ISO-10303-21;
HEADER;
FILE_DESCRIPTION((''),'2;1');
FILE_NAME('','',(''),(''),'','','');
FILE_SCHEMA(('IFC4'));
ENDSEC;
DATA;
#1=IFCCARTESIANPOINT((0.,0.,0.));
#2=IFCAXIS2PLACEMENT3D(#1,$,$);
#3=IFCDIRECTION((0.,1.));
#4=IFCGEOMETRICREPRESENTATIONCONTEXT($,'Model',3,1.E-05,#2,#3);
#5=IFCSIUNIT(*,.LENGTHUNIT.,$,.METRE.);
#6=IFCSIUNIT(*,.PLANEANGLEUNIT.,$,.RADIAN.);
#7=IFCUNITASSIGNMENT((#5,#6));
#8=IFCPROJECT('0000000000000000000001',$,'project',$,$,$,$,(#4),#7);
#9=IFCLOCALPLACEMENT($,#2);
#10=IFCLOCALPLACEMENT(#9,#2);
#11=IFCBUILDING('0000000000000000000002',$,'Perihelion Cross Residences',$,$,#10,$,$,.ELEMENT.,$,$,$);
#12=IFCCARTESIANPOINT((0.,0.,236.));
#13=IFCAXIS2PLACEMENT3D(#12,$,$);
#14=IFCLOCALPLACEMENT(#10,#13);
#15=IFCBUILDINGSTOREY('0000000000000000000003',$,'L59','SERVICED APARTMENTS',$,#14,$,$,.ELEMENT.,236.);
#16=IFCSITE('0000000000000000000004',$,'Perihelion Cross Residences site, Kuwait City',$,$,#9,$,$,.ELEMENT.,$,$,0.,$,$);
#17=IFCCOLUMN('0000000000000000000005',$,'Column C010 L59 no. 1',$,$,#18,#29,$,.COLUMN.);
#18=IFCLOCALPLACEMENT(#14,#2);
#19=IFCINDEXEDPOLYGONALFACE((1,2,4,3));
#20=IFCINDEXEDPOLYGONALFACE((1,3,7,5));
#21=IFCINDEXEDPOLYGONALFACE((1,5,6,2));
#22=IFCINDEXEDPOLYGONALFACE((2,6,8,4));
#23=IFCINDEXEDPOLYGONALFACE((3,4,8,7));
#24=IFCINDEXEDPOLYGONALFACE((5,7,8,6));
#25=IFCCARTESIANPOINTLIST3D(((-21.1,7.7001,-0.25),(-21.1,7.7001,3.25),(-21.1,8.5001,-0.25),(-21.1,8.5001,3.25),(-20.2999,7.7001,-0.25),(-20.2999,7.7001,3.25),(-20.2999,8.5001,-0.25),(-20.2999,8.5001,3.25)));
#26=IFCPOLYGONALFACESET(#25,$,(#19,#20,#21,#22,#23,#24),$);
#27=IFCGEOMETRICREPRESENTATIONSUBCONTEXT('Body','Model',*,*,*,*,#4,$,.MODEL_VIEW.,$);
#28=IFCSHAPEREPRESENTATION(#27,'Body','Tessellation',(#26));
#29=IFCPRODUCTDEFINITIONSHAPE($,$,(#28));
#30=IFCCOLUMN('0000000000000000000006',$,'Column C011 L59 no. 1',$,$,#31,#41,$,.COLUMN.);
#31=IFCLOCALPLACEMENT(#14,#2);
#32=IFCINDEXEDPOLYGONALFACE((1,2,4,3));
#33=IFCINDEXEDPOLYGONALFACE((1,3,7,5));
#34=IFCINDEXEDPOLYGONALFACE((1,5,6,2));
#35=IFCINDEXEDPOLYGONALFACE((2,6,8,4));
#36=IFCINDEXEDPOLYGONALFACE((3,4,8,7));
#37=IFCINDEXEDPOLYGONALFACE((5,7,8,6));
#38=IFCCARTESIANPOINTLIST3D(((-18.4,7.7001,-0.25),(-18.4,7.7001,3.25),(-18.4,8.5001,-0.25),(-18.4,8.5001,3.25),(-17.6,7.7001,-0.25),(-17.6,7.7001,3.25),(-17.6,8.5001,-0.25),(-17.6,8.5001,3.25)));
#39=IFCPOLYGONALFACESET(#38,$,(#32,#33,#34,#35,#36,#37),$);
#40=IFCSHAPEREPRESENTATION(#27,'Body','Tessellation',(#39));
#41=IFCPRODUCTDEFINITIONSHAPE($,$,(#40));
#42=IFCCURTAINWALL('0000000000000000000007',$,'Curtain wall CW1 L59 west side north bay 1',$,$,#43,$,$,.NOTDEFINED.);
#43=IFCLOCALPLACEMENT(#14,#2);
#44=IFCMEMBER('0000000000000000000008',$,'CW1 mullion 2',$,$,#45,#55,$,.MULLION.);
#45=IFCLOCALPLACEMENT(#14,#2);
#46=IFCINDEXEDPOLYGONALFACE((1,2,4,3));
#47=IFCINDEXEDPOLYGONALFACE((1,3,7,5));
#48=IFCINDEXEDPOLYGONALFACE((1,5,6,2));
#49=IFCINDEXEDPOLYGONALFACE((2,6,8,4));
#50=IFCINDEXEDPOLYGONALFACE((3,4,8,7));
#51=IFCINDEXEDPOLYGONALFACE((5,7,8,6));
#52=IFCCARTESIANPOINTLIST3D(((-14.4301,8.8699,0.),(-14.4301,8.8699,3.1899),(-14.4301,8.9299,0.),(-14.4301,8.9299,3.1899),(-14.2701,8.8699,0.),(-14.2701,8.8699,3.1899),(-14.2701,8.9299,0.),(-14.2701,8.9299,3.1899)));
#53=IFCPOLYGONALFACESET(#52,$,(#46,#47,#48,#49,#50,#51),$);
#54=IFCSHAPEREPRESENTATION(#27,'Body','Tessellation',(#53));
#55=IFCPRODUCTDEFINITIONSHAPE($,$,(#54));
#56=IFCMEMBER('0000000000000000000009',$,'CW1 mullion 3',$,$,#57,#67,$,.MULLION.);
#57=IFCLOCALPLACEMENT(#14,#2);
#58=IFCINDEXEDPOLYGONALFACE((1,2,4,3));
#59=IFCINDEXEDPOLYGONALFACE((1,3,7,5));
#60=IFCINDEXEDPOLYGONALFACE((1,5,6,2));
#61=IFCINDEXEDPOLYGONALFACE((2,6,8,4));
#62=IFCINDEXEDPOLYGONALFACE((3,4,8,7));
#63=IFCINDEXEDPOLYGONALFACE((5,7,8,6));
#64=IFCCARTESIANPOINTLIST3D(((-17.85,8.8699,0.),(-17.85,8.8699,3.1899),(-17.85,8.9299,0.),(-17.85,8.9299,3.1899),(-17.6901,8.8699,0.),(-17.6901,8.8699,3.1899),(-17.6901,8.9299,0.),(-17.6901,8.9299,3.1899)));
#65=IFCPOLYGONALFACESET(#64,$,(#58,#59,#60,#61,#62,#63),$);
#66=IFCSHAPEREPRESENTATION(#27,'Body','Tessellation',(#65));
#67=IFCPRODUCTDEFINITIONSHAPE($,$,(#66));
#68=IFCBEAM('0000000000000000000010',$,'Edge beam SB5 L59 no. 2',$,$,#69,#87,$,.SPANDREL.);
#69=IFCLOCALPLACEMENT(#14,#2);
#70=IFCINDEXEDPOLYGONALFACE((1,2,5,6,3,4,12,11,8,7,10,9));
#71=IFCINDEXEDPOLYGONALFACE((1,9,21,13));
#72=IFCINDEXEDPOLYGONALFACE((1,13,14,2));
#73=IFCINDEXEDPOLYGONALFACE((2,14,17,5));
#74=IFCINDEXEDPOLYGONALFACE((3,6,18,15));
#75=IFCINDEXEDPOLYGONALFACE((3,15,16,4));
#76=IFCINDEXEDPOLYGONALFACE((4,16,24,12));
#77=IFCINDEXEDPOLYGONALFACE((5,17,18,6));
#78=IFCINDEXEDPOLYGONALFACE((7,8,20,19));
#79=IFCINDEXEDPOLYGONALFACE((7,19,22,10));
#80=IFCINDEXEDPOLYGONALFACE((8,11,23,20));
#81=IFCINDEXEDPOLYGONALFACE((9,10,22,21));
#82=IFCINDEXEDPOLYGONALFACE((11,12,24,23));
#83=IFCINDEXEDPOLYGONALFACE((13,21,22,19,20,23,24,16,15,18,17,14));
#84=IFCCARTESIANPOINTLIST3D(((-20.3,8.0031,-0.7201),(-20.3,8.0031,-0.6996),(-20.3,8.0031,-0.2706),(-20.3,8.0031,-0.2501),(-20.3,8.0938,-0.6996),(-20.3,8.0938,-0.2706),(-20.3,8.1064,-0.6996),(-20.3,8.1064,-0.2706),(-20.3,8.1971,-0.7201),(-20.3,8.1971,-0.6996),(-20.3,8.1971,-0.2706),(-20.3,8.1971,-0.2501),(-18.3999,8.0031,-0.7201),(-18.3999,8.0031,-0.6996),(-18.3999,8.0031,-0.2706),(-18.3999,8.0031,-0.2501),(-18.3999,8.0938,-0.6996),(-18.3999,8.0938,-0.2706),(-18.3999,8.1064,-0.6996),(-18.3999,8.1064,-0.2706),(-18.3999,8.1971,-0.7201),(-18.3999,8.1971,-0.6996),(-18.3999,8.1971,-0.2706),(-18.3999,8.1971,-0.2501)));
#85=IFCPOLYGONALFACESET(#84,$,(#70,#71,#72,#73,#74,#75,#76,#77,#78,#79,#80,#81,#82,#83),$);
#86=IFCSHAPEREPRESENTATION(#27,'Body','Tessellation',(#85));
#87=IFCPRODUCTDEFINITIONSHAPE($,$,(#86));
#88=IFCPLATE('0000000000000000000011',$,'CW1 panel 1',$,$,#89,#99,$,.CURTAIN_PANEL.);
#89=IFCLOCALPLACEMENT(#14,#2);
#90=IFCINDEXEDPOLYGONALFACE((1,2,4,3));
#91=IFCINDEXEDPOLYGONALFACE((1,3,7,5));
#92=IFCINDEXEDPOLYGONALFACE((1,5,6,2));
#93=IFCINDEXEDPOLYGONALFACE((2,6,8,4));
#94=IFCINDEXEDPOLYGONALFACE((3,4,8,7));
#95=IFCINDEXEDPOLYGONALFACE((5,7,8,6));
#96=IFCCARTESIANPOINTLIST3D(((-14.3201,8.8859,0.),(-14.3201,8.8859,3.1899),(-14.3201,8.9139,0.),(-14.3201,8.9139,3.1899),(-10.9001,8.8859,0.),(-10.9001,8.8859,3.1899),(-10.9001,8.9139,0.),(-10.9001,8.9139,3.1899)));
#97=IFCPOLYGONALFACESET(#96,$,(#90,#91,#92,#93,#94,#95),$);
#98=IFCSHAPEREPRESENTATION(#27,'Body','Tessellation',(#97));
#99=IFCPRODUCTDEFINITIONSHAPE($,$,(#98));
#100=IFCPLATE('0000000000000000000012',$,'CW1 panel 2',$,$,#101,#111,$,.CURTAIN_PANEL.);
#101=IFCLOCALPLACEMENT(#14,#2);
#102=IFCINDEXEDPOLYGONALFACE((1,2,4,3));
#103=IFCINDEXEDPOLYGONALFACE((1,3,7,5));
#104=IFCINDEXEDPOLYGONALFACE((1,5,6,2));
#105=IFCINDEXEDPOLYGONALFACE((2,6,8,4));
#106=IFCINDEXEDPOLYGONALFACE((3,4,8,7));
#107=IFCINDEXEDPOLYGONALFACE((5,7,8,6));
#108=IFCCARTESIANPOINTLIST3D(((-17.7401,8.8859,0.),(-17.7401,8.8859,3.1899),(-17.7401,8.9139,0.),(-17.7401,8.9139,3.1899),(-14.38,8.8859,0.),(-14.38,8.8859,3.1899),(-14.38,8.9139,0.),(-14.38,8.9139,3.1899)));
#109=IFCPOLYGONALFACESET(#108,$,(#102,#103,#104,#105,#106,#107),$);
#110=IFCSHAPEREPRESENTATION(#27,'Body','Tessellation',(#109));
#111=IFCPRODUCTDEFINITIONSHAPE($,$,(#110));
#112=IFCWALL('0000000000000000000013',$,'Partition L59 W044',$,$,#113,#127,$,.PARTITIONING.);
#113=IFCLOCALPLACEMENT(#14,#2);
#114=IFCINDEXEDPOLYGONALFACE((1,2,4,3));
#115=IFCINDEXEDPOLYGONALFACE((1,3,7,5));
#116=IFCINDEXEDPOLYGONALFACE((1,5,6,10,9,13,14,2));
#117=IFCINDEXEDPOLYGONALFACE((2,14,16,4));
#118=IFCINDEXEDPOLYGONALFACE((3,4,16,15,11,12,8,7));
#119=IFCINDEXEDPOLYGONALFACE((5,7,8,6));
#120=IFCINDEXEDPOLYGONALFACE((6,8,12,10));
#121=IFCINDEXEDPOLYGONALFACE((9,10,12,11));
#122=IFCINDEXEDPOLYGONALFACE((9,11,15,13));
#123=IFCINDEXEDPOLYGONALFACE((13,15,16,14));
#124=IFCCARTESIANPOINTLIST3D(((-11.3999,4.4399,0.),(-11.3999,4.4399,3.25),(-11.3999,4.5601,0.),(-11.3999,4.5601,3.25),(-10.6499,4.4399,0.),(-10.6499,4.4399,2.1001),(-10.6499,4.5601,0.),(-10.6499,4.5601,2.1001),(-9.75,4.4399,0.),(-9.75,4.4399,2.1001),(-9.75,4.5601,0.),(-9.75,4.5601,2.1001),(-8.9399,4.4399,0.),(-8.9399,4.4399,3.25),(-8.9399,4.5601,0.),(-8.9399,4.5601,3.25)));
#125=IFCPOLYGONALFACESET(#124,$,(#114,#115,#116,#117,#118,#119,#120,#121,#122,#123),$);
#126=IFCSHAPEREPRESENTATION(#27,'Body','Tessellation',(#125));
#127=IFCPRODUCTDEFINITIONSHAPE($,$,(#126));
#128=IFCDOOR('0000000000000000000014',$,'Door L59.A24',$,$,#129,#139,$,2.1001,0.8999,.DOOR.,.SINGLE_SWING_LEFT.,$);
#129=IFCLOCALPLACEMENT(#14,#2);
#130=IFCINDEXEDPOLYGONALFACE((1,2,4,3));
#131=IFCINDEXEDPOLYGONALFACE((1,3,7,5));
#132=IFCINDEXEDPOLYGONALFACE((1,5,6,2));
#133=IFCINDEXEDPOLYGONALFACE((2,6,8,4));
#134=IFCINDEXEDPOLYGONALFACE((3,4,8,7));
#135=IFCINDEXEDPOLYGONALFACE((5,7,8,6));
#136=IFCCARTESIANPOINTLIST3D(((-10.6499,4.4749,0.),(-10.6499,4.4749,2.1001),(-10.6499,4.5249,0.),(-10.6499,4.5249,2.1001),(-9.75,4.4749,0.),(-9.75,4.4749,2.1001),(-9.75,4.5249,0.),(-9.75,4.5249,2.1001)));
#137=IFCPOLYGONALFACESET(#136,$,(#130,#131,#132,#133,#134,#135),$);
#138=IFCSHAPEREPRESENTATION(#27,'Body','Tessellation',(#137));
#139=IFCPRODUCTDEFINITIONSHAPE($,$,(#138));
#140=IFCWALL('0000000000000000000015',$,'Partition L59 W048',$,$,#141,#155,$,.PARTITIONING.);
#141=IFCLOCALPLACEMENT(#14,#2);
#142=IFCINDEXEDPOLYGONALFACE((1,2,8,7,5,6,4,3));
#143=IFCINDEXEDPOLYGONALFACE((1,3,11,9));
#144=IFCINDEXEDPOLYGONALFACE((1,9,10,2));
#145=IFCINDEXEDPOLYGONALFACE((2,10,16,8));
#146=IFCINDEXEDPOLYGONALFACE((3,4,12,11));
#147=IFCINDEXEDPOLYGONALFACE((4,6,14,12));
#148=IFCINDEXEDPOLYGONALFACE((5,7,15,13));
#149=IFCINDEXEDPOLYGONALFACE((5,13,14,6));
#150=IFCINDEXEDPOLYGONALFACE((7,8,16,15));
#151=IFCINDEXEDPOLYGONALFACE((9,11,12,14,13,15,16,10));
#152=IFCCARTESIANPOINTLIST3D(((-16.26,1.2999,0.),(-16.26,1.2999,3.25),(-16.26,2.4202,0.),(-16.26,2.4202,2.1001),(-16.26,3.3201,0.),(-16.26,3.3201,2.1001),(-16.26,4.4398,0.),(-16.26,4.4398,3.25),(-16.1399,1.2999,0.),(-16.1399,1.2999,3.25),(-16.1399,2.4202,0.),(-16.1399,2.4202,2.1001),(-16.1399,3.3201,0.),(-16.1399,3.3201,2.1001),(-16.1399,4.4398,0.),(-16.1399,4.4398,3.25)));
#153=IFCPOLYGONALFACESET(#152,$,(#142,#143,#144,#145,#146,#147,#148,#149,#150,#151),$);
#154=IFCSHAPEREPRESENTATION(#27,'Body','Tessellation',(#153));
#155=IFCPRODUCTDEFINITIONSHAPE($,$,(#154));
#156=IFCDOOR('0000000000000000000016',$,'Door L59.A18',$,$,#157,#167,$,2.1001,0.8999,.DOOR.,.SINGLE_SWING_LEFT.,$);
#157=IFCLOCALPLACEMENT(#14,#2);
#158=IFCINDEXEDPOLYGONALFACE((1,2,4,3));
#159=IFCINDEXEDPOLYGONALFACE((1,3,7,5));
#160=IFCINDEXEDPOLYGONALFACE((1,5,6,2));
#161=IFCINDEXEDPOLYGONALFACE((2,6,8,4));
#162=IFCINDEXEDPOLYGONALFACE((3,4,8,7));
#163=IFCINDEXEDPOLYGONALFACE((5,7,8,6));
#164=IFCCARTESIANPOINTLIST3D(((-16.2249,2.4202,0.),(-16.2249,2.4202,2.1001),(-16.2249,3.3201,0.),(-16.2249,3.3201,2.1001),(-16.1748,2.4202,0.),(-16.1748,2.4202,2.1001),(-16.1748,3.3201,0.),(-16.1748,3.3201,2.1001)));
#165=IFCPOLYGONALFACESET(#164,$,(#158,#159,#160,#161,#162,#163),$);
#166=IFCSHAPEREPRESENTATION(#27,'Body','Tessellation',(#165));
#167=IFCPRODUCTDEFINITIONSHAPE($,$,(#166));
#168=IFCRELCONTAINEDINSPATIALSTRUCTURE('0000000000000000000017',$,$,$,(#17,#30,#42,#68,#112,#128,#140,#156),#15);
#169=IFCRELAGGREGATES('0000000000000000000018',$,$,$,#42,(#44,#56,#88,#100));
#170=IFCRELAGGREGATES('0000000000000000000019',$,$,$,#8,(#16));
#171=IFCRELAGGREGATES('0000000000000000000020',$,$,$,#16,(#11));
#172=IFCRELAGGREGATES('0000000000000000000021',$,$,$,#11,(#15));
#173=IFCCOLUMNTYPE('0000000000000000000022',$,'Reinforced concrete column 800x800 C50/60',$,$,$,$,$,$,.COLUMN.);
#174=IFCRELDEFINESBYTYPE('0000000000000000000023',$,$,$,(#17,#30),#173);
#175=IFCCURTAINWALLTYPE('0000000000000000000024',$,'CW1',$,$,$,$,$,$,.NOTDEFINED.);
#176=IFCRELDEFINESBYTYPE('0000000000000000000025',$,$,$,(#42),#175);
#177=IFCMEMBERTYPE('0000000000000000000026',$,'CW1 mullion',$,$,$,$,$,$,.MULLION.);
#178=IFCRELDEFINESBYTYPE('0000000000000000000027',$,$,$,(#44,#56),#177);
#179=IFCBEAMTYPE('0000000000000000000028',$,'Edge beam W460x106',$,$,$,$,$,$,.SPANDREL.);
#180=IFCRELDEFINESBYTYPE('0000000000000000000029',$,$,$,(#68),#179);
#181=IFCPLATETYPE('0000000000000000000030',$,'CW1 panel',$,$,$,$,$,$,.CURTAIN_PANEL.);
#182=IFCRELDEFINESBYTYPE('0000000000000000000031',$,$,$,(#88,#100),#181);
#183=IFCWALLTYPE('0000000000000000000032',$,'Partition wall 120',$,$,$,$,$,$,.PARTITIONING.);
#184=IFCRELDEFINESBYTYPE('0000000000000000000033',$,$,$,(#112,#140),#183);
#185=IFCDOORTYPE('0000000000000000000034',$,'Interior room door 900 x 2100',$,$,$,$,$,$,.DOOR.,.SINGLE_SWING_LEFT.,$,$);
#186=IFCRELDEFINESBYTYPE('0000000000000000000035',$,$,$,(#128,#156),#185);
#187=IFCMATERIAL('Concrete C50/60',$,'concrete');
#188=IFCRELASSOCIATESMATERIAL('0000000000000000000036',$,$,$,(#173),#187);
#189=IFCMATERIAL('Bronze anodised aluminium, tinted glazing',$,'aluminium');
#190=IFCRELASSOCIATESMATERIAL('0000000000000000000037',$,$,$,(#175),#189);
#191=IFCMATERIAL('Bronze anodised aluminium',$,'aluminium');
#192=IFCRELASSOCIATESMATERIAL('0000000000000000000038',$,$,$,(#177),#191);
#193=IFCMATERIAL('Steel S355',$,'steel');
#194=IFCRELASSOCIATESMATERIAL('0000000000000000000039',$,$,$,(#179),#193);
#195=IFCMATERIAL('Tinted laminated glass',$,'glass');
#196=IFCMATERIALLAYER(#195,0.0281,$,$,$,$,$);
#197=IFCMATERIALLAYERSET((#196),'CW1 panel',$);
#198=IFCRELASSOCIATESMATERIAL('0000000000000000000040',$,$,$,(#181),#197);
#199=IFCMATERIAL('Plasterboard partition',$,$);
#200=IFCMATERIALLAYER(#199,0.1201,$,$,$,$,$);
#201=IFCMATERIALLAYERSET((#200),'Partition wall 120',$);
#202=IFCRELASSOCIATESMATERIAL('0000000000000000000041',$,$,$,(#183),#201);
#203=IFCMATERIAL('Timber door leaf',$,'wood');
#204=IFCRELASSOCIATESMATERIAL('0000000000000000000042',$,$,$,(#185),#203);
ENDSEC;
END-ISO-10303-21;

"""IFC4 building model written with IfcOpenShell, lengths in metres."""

from ifc_helpers import new_model, si_unit, direction, frame, frame_2d, origin, origin_2d, place, context, subcontext, project, spatial, rectangle, i_section, extrude, material, layer, layer_set, material_profile, profile_set, type_object, element, fill, aggregate, save


model = new_model("IFC4")

# Units and contexts
model_context = context("Model", 3, precision=1e-05, world=origin(), true_north=direction((0.0, 1.0)))
body_context = subcontext(model_context, "Body", "Model", "MODEL_VIEW")
ifc_project = project(units=[si_unit("LENGTHUNIT", "METRE"), si_unit("PLANEANGLEUNIT", "RADIAN")], contexts=[model_context])

# Site, building, storey
site_placement = place(None, origin())
site = spatial("IfcSite", under=ifc_project, at=site_placement, Name="Perihelion Cross Residences site, Kuwait City", CompositionType="ELEMENT", RefElevation=0.0)
building_placement = place(site_placement, origin())
building = spatial("IfcBuilding", under=site, at=building_placement, Name="Perihelion Cross Residences", CompositionType="ELEMENT")
storey_placement = place(building_placement, frame((0.0, 0.0, 236.0)))
storey = spatial("IfcBuildingStorey", under=building, at=storey_placement, Name="L59", Description="SERVICED APARTMENTS", CompositionType="ELEMENT", Elevation=236.0)

# Columns
ifc_material_1 = material(Name="Concrete C50/60", Category="concrete")
ifc_material_profile_1 = material_profile(ifc_material_1, rectangle(XDim=0.8, YDim=0.8, at=origin_2d()), Name="RC 800x800")
ifc_profile_set_1 = profile_set([ifc_material_profile_1], Name="Concrete C50/60")
column_type = type_object("IfcColumnType", Name="Reinforced concrete column 800x800 C50/60", PredefinedType="COLUMN", material=ifc_profile_set_1)
for number, where, z_axis, x_axis, name in (
    (1, (-20.7, 8.1001, -0.25), (0.0, 0.0, 1.0), (1.0, 0.0, 0.0), "Column C010 L59 no. 1"),
    (2, (-18.0, 8.1001, -0.25), (0.0, 0.0, 1.0), (1.0, 0.0, 0.0), "Column C011 L59 no. 1"),
):
    element("IfcColumn", number, at=place(storey_placement, frame(where, z_axis=z_axis, x_axis=x_axis)), inside=storey, type_object=column_type, Name=name, PredefinedType="COLUMN", context=body_context, shape_type="SweptSolid", body=[
        extrude(rectangle(XDim=0.8, YDim=0.8, at=origin_2d()), origin(), (0.0, 0.0, 1.0), 3.5),
    ])

# Curtain wall, members
ifc_material_2 = material(Name="Bronze anodised aluminium, tinted glazing", Category="aluminium")
curtain_wall_type = type_object("IfcCurtainWallType", Name="CW1", PredefinedType="NOTDEFINED", material=ifc_material_2)
curtain_wall_placement = place(storey_placement, origin())
curtain_wall = element("IfcCurtainWall", 3, at=curtain_wall_placement, inside=storey, type_object=curtain_wall_type, Name="Curtain wall CW1 L59 west side north bay 1", PredefinedType="NOTDEFINED")
ifc_material_3 = material(Name="Bronze anodised aluminium", Category="aluminium")
ifc_material_profile_2 = material_profile(ifc_material_3, rectangle(XDim=0.0601, YDim=0.1599, at=origin_2d()), Name="CW1 mullion")
ifc_profile_set_2 = profile_set([ifc_material_profile_2], Name="Bronze anodised aluminium")
member_type = type_object("IfcMemberType", Name="CW1 mullion", PredefinedType="MULLION", material=ifc_profile_set_2)
member_1_placement = place(storey_placement, frame((-14.3501, 8.8999, 0.0), z_axis=(0.0, 0.0, 1.0), x_axis=(0.0, -1.0, 0.0)))
member_1 = element("IfcMember", 4, at=member_1_placement, type_object=member_type, Name="CW1 mullion 2", PredefinedType="MULLION", context=body_context, shape_type="SweptSolid", body=[
    extrude(rectangle(XDim=0.0601, YDim=0.1599, at=origin_2d()), origin(), (0.0, 0.0, 1.0), 3.1899),
])
member_2_placement = place(storey_placement, frame((-17.77, 8.8999, 0.0), z_axis=(0.0, 0.0, 1.0), x_axis=(0.0, -1.0, 0.0)))
member_2 = element("IfcMember", 5, at=member_2_placement, type_object=member_type, Name="CW1 mullion 3", PredefinedType="MULLION", context=body_context, shape_type="SweptSolid", body=[
    extrude(rectangle(XDim=0.0601, YDim=0.1599, at=origin_2d()), origin(), (0.0, 0.0, 1.0), 3.1899),
])

# Beam
ifc_material_4 = material(Name="Steel S355", Category="steel")
ifc_material_profile_3 = material_profile(ifc_material_4, i_section(OverallWidth=0.1941, OverallDepth=0.47, WebThickness=0.0127, FlangeThickness=0.0205, at=origin_2d()), Name="W460x106")
ifc_profile_set_3 = profile_set([ifc_material_profile_3], Name="Steel S355")
beam_type = type_object("IfcBeamType", Name="Edge beam W460x106", PredefinedType="SPANDREL", material=ifc_profile_set_3)
beam_placement = place(storey_placement, frame((-18.3999, 8.1001, -0.4851), z_axis=(-1.0, 0.0, 0.0), x_axis=(0.0, -1.0, 0.0)))
element("IfcBeam", 6, at=beam_placement, inside=storey, type_object=beam_type, Name="Edge beam SB5 L59 no. 2", PredefinedType="SPANDREL", context=body_context, shape_type="SweptSolid", body=[
    extrude(i_section(OverallWidth=0.1941, OverallDepth=0.47, WebThickness=0.0127, FlangeThickness=0.0205, at=origin_2d()), origin(), (0.0, 0.0, 1.0), 1.9001),
])

# Plates
ifc_material_5 = material(Name="Tinted laminated glass", Category="glass")
ifc_layer_1 = layer(ifc_material_5, 0.0281)
ifc_layer_set_1 = layer_set([ifc_layer_1], Name="CW1 panel")
plate_type = type_object("IfcPlateType", Name="CW1 panel", PredefinedType="CURTAIN_PANEL", material=ifc_layer_set_1)
plate_1_placement = place(storey_placement, frame((-12.6101, 8.8999, 0.0), z_axis=(0.0, 0.0, 1.0), x_axis=(-1.0, 0.0, 0.0)))
plate_1 = element("IfcPlate", 7, at=plate_1_placement, type_object=plate_type, Name="CW1 panel 1", PredefinedType="CURTAIN_PANEL", context=body_context, shape_type="SweptSolid", body=[
    extrude(rectangle(XDim=3.4199, YDim=0.0281, at=origin_2d()), origin(), (0.0, 0.0, 1.0), 3.1899),
])
plate_2_placement = place(storey_placement, frame((-16.0601, 8.8999, 0.0), z_axis=(0.0, 0.0, 1.0), x_axis=(-1.0, 0.0, 0.0)))
plate_2 = element("IfcPlate", 8, at=plate_2_placement, type_object=plate_type, Name="CW1 panel 2", PredefinedType="CURTAIN_PANEL", context=body_context, shape_type="SweptSolid", body=[
    extrude(rectangle(XDim=3.3601, YDim=0.0281, at=origin_2d()), origin(), (0.0, 0.0, 1.0), 3.1899),
])
aggregate(curtain_wall, [member_1, member_2, plate_1, plate_2])

# Walls, openings, doors
ifc_material_6 = material(Name="Plasterboard partition")
ifc_layer_2 = layer(ifc_material_6, 0.1201)
ifc_layer_set_2 = layer_set([ifc_layer_2], Name="Partition wall 120")
wall_type_1 = type_object("IfcWallType", Name="Partition wall 120", PredefinedType="PARTITIONING", material=ifc_layer_set_2)
wall_1_placement = place(storey_placement, frame((-11.3999, 4.5, 0.0), z_axis=(0.0, 0.0, 1.0), x_axis=(1.0, 0.0, 0.0)))
wall_1 = element("IfcWall", 9, at=wall_1_placement, inside=storey, type_object=wall_type_1, Name="Partition L59 W044", PredefinedType="PARTITIONING", context=body_context, shape_type="SweptSolid", body=[
    extrude(rectangle(XDim=2.46, YDim=0.1201, at=frame_2d((1.23, 0.0))), origin(), (0.0, 0.0, 1.0), 3.25),
])
opening_1_placement = place(wall_1_placement, frame((0.75, 0.0, 0.0)))
opening_1 = element("IfcOpeningElement", 10, at=opening_1_placement, cuts=wall_1, PredefinedType="OPENING", context=body_context, shape_type="SweptSolid", body=[
    extrude(rectangle(XDim=0.8999, YDim=2.1001, at=frame_2d((0.45, 1.05))), frame((0.0, 0.0701, 0.0), z_axis=(0.0, -1.0, 0.0), x_axis=(1.0, 0.0, 0.0)), (0.0, 0.0, 1.0), 0.1401),
])
ifc_material_7 = material(Name="Timber door leaf", Category="wood")
door_type_1 = type_object("IfcDoorType", Name="Interior room door 900 x 2100", OperationType="SINGLE_SWING_LEFT", PredefinedType="DOOR", material=ifc_material_7)
door_1_placement = place(opening_1_placement, origin())
door_1 = element("IfcDoor", 11, at=door_1_placement, inside=storey, type_object=door_type_1, Name="Door L59.A24", OperationType="SINGLE_SWING_LEFT", OverallHeight=2.1001, OverallWidth=0.8999, PredefinedType="DOOR", context=body_context, shape_type="SweptSolid", body=[
    extrude(rectangle(XDim=0.8999, YDim=2.1001, at=frame_2d((0.45, 1.05))), frame((0.0, 0.0249, 0.0), z_axis=(0.0, -1.0, 0.0), x_axis=(1.0, 0.0, 0.0)), (0.0, 0.0, 1.0), 0.05),
])
fill(opening_1, door_1)
wall_2_placement = place(storey_placement, frame((-16.2, 1.3, 0.0), z_axis=(0.0, 0.0, 1.0), x_axis=(0.0, 1.0, 0.0)))
wall_2 = element("IfcWall", 12, at=wall_2_placement, inside=storey, type_object=wall_type_1, Name="Partition L59 W048", PredefinedType="PARTITIONING", context=body_context, shape_type="SweptSolid", body=[
    extrude(rectangle(XDim=3.1399, YDim=0.1201, at=frame_2d((1.5698, 0.0))), origin(), (0.0, 0.0, 1.0), 3.25),
])
opening_2_placement = place(wall_2_placement, frame((1.1201, 0.0, 0.0)))
opening_2 = element("IfcOpeningElement", 13, at=opening_2_placement, cuts=wall_2, PredefinedType="OPENING", context=body_context, shape_type="SweptSolid", body=[
    extrude(rectangle(XDim=0.8999, YDim=2.1001, at=frame_2d((0.45, 1.05))), frame((0.0, 0.0701, 0.0), z_axis=(0.0, -1.0, 0.0), x_axis=(1.0, 0.0, 0.0)), (0.0, 0.0, 1.0), 0.1401),
])
door_2_placement = place(opening_2_placement, origin())
door_2 = element("IfcDoor", 14, at=door_2_placement, inside=storey, type_object=door_type_1, Name="Door L59.A18", OperationType="SINGLE_SWING_LEFT", OverallHeight=2.1001, OverallWidth=0.8999, PredefinedType="DOOR", context=body_context, shape_type="SweptSolid", body=[
    extrude(rectangle(XDim=0.8999, YDim=2.1001, at=frame_2d((0.45, 1.05))), frame((0.0, 0.0249, 0.0), z_axis=(0.0, -1.0, 0.0), x_axis=(1.0, 0.0, 0.0)), (0.0, 0.0, 1.0), 0.05),
])
fill(opening_2, door_2)

save(model, "model.ifc")
